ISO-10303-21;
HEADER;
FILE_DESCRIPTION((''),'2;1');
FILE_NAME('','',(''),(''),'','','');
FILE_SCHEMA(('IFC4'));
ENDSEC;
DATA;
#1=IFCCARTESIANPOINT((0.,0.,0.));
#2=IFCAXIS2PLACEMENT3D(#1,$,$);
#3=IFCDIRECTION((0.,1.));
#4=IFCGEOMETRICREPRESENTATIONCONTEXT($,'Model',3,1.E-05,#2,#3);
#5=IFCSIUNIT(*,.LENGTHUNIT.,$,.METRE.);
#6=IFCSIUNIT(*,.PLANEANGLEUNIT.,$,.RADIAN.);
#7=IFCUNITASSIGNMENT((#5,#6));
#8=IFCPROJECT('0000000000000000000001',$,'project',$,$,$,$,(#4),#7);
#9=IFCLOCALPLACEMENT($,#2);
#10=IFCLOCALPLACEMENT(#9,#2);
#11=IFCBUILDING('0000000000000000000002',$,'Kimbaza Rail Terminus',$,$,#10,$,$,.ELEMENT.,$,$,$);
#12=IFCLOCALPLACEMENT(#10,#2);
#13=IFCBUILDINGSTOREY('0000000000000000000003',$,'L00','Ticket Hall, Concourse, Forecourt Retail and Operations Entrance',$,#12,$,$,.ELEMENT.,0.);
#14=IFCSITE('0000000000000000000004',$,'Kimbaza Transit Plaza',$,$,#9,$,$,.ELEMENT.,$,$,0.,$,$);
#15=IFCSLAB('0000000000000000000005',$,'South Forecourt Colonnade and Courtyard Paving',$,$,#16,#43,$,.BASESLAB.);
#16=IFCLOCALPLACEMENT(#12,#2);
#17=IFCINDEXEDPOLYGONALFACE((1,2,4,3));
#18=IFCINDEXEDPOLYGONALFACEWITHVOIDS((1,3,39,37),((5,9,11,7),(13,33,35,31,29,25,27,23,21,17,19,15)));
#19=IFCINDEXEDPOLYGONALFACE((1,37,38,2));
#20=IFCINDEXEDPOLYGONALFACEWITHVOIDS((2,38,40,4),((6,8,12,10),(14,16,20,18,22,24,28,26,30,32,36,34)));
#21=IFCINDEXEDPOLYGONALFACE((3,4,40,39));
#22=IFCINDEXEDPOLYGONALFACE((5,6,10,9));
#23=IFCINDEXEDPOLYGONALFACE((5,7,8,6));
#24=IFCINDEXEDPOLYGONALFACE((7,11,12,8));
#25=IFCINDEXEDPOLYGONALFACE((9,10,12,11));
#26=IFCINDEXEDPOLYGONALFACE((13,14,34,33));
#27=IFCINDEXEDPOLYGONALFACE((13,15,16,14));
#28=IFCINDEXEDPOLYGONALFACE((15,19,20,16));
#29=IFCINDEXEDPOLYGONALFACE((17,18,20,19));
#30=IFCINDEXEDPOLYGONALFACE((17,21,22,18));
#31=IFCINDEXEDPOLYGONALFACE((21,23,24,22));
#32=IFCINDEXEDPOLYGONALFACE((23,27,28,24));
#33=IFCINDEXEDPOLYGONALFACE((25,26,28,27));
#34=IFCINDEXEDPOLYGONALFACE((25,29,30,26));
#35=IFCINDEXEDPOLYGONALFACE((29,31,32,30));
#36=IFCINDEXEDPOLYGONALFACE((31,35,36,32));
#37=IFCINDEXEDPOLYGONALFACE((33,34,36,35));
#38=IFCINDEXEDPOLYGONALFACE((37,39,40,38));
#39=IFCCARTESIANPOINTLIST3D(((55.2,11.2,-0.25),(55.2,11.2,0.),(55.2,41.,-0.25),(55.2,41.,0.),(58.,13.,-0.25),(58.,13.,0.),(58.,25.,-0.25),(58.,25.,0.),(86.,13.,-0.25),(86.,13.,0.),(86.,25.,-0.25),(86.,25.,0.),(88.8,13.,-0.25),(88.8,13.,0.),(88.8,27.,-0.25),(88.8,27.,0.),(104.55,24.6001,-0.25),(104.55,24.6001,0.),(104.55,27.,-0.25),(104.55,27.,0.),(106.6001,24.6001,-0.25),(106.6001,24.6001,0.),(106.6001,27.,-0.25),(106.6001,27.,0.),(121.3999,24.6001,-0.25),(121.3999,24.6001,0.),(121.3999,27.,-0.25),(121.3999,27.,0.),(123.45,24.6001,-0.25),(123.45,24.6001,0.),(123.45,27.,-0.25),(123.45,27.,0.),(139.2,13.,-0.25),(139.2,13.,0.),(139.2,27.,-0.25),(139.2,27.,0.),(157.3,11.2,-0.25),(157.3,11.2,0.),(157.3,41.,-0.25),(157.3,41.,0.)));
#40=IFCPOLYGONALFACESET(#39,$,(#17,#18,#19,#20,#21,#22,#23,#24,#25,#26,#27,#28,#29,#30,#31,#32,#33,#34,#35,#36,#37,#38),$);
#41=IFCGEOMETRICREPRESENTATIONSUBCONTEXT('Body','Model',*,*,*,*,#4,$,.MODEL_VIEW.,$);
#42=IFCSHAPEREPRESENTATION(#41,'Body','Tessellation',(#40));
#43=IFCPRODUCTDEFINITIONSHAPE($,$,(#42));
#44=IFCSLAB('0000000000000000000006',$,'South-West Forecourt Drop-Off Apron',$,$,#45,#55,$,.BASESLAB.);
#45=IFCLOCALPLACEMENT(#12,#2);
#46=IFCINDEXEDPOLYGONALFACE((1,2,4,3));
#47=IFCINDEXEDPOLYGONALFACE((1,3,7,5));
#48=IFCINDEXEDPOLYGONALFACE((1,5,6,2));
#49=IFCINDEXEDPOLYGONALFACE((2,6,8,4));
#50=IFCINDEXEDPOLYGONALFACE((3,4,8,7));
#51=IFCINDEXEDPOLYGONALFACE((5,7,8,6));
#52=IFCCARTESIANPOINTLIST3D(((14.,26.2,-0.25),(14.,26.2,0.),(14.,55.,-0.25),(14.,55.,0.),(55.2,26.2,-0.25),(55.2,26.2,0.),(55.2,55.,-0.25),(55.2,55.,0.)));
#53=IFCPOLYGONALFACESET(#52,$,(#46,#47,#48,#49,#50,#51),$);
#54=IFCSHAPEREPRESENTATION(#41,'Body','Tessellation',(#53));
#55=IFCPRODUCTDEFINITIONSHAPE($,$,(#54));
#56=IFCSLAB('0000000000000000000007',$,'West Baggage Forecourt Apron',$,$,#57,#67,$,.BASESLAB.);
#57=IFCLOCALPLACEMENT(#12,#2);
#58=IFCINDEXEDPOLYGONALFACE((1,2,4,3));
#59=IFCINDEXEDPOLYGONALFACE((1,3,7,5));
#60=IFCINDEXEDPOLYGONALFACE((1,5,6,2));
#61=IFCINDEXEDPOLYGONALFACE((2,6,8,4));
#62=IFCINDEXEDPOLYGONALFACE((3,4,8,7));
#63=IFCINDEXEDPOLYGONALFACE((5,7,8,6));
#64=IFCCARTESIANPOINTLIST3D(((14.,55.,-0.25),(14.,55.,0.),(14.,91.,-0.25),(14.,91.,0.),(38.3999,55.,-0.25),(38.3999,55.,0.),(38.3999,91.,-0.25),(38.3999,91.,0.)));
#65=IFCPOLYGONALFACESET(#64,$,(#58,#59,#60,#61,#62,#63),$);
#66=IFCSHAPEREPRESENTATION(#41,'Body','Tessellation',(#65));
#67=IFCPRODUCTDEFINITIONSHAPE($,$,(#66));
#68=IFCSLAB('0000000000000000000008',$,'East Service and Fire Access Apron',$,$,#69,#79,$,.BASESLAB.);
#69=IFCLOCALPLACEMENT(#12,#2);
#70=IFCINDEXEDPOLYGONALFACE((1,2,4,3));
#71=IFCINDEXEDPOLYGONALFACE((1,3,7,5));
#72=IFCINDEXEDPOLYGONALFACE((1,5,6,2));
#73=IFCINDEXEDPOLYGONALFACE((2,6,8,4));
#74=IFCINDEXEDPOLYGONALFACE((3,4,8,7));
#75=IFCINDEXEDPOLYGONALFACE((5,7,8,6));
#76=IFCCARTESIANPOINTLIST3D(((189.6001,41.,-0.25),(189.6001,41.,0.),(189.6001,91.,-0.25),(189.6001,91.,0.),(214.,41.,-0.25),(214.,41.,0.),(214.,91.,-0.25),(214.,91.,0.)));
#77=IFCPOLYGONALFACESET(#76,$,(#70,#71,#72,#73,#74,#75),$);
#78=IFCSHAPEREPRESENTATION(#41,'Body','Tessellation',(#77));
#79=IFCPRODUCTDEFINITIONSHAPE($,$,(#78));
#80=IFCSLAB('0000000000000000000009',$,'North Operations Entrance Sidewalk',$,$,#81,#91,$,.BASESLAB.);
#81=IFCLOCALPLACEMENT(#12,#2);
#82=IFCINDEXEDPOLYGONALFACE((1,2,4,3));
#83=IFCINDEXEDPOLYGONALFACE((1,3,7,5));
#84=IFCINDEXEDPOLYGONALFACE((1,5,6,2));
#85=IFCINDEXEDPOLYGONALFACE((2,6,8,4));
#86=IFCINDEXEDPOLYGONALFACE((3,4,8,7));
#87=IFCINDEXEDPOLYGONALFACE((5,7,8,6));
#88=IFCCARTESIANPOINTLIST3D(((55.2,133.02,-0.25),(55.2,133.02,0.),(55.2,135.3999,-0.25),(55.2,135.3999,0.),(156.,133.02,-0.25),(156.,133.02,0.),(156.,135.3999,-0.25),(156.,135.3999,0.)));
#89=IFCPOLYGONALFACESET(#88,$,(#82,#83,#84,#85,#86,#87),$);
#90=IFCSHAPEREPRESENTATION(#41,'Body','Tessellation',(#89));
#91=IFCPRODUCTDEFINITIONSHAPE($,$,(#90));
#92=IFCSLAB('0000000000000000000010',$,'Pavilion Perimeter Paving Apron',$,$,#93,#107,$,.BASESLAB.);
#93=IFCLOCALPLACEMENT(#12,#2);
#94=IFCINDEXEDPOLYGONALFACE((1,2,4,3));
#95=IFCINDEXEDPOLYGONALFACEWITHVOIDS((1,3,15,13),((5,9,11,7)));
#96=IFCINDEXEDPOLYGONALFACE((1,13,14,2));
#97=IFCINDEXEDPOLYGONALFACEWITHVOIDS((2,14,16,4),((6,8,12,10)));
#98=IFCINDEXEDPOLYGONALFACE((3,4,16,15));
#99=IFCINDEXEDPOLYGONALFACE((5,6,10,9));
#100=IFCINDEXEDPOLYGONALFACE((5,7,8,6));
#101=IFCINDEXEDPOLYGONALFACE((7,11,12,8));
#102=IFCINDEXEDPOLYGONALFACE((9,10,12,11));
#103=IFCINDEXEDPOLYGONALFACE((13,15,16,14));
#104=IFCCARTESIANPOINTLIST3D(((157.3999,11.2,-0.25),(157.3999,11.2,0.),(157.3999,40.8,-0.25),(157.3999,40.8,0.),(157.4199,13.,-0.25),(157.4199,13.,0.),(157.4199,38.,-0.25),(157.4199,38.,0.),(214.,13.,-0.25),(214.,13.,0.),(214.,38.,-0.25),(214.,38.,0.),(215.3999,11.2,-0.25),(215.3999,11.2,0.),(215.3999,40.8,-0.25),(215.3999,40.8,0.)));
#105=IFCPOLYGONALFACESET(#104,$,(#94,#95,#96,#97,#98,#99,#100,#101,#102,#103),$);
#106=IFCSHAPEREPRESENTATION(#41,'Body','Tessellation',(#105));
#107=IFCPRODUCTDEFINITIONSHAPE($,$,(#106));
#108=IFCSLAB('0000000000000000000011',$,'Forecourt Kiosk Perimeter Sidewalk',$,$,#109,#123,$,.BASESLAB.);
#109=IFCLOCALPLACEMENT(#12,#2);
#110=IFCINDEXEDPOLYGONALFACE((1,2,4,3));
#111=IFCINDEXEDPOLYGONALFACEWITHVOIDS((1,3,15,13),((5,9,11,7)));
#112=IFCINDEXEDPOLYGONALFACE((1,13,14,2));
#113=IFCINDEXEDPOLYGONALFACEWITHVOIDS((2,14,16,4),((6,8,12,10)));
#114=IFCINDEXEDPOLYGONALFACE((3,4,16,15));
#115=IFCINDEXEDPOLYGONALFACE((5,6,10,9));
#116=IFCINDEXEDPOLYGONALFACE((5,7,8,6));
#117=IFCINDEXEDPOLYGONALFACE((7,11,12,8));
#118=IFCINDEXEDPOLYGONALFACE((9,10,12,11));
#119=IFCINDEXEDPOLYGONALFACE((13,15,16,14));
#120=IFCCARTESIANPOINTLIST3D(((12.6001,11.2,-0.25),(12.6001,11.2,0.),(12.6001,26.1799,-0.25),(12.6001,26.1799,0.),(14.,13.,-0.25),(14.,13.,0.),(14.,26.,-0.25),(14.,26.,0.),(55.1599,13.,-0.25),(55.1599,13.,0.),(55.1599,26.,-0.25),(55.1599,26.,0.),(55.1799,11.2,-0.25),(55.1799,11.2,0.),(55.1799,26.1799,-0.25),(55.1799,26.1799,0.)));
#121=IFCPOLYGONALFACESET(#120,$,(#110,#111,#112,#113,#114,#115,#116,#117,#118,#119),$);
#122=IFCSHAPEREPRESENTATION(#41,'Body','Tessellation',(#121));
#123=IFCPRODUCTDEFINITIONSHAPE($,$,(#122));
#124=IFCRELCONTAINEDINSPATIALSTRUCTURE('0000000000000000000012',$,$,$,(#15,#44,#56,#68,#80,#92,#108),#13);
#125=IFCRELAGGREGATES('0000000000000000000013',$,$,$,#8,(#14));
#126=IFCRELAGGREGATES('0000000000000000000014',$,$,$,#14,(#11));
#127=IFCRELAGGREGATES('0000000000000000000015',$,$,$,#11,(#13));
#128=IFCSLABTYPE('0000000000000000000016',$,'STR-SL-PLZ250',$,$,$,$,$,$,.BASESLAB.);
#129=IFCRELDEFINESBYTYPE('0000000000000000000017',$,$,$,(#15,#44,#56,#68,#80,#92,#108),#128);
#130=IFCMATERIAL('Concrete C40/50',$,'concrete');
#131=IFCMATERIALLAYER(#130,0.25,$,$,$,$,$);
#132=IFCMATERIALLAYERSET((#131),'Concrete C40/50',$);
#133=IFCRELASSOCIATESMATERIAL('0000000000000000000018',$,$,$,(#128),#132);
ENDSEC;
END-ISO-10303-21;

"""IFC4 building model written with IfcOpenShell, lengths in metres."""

from ifc_helpers import new_model, si_unit, direction, frame, origin, place, context, subcontext, project, spatial, polyline, outline, extrude, material, layer, layer_set, type_object, element, save


model = new_model("IFC4")

# Units and contexts
model_context = context("Model", 3, precision=1e-05, world=origin(), true_north=direction((0.0, 1.0)))
body_context = subcontext(model_context, "Body", "Model", "MODEL_VIEW")
ifc_project = project(units=[si_unit("LENGTHUNIT", "METRE"), si_unit("PLANEANGLEUNIT", "RADIAN")], contexts=[model_context])

# Site, building, storey
site_placement = place(None, origin())
site = spatial("IfcSite", under=ifc_project, at=site_placement, Name="Kimbaza Transit Plaza", CompositionType="ELEMENT", RefElevation=0.0)
building_placement = place(site_placement, origin())
building = spatial("IfcBuilding", under=site, at=building_placement, Name="Kimbaza Rail Terminus", CompositionType="ELEMENT")
storey_placement = place(building_placement, origin())
storey = spatial("IfcBuildingStorey", under=building, at=storey_placement, Name="L00", Description="Ticket Hall, Concourse, Forecourt Retail and Operations Entrance", CompositionType="ELEMENT", Elevation=0.0)

# Slabs
ifc_material_1 = material(Name="Concrete C40/50", Category="concrete")
ifc_layer_1 = layer(ifc_material_1, 0.25)
ifc_layer_set_1 = layer_set([ifc_layer_1], Name="Concrete C40/50")
slab_type_1 = type_object("IfcSlabType", Name="STR-SL-PLZ250", PredefinedType="BASESLAB", material=ifc_layer_set_1)
slab_1_placement = place(storey_placement, frame((0.0, 0.0, -0.25)))
element("IfcSlab", 1, at=slab_1_placement, inside=storey, type_object=slab_type_1, Name="South Forecourt Colonnade and Courtyard Paving", PredefinedType="BASESLAB", context=body_context, shape_type="SweptSolid", body=[
    extrude(outline(polyline([(55.2, 11.2), (157.3, 11.2), (157.3, 41.0), (55.2, 41.0), (55.2, 11.2)]), holes=[polyline([(88.8, 13.0), (139.2, 13.0), (139.2, 27.0), (123.45, 27.0), (123.45, 24.6001), (121.3999, 24.6001), (121.3999, 27.0), (106.6001, 27.0), (106.6001, 24.6001), (104.55, 24.6001), (104.55, 27.0), (88.8, 27.0), (88.8, 13.0)]), polyline([(58.0, 13.0), (86.0, 13.0), (86.0, 25.0), (58.0, 25.0), (58.0, 13.0)])]), origin(), (0.0, 0.0, 1.0), 0.25),
])
slab_2_placement = place(storey_placement, frame((0.0, 0.0, -0.25)))
element("IfcSlab", 2, at=slab_2_placement, inside=storey, type_object=slab_type_1, Name="South-West Forecourt Drop-Off Apron", PredefinedType="BASESLAB", context=body_context, shape_type="SweptSolid", body=[
    extrude(outline(polyline([(14.0, 26.2), (55.2, 26.2), (55.2, 55.0), (14.0, 55.0), (14.0, 26.2)])), origin(), (0.0, 0.0, 1.0), 0.25),
])
slab_3_placement = place(storey_placement, frame((0.0, 0.0, -0.25)))
element("IfcSlab", 3, at=slab_3_placement, inside=storey, type_object=slab_type_1, Name="West Baggage Forecourt Apron", PredefinedType="BASESLAB", context=body_context, shape_type="SweptSolid", body=[
    extrude(outline(polyline([(14.0, 55.0), (38.3999, 55.0), (38.3999, 91.0), (14.0, 91.0), (14.0, 55.0)])), origin(), (0.0, 0.0, 1.0), 0.25),
])
slab_4_placement = place(storey_placement, frame((0.0, 0.0, -0.25)))
element("IfcSlab", 4, at=slab_4_placement, inside=storey, type_object=slab_type_1, Name="East Service and Fire Access Apron", PredefinedType="BASESLAB", context=body_context, shape_type="SweptSolid", body=[
    extrude(outline(polyline([(189.6001, 41.0), (214.0, 41.0), (214.0, 91.0), (189.6001, 91.0), (189.6001, 41.0)])), origin(), (0.0, 0.0, 1.0), 0.25),
])
slab_5_placement = place(storey_placement, frame((0.0, 0.0, -0.25)))
element("IfcSlab", 5, at=slab_5_placement, inside=storey, type_object=slab_type_1, Name="North Operations Entrance Sidewalk", PredefinedType="BASESLAB", context=body_context, shape_type="SweptSolid", body=[
    extrude(outline(polyline([(55.2, 133.02), (156.0, 133.02), (156.0, 135.3999), (55.2, 135.3999), (55.2, 133.02)])), origin(), (0.0, 0.0, 1.0), 0.25),
])
slab_6_placement = place(storey_placement, frame((0.0, 0.0, -0.25)))
element("IfcSlab", 6, at=slab_6_placement, inside=storey, type_object=slab_type_1, Name="Pavilion Perimeter Paving Apron", PredefinedType="BASESLAB", context=body_context, shape_type="SweptSolid", body=[
    extrude(outline(polyline([(157.3999, 11.2), (215.3999, 11.2), (215.3999, 40.8), (157.3999, 40.8), (157.3999, 11.2)]), holes=[polyline([(157.4199, 13.0), (214.0, 13.0), (214.0, 38.0), (157.4199, 38.0), (157.4199, 13.0)])]), origin(), (0.0, 0.0, 1.0), 0.25),
])
slab_7_placement = place(storey_placement, frame((0.0, 0.0, -0.25)))
element("IfcSlab", 7, at=slab_7_placement, inside=storey, type_object=slab_type_1, Name="Forecourt Kiosk Perimeter Sidewalk", PredefinedType="BASESLAB", context=body_context, shape_type="SweptSolid", body=[
    extrude(outline(polyline([(12.6001, 11.2), (55.1799, 11.2), (55.1799, 26.1799), (12.6001, 26.1799), (12.6001, 11.2)]), holes=[polyline([(14.0, 13.0), (55.1599, 13.0), (55.1599, 26.0), (14.0, 26.0), (14.0, 13.0)])]), origin(), (0.0, 0.0, 1.0), 0.25),
])

save(model, "model.ifc")
